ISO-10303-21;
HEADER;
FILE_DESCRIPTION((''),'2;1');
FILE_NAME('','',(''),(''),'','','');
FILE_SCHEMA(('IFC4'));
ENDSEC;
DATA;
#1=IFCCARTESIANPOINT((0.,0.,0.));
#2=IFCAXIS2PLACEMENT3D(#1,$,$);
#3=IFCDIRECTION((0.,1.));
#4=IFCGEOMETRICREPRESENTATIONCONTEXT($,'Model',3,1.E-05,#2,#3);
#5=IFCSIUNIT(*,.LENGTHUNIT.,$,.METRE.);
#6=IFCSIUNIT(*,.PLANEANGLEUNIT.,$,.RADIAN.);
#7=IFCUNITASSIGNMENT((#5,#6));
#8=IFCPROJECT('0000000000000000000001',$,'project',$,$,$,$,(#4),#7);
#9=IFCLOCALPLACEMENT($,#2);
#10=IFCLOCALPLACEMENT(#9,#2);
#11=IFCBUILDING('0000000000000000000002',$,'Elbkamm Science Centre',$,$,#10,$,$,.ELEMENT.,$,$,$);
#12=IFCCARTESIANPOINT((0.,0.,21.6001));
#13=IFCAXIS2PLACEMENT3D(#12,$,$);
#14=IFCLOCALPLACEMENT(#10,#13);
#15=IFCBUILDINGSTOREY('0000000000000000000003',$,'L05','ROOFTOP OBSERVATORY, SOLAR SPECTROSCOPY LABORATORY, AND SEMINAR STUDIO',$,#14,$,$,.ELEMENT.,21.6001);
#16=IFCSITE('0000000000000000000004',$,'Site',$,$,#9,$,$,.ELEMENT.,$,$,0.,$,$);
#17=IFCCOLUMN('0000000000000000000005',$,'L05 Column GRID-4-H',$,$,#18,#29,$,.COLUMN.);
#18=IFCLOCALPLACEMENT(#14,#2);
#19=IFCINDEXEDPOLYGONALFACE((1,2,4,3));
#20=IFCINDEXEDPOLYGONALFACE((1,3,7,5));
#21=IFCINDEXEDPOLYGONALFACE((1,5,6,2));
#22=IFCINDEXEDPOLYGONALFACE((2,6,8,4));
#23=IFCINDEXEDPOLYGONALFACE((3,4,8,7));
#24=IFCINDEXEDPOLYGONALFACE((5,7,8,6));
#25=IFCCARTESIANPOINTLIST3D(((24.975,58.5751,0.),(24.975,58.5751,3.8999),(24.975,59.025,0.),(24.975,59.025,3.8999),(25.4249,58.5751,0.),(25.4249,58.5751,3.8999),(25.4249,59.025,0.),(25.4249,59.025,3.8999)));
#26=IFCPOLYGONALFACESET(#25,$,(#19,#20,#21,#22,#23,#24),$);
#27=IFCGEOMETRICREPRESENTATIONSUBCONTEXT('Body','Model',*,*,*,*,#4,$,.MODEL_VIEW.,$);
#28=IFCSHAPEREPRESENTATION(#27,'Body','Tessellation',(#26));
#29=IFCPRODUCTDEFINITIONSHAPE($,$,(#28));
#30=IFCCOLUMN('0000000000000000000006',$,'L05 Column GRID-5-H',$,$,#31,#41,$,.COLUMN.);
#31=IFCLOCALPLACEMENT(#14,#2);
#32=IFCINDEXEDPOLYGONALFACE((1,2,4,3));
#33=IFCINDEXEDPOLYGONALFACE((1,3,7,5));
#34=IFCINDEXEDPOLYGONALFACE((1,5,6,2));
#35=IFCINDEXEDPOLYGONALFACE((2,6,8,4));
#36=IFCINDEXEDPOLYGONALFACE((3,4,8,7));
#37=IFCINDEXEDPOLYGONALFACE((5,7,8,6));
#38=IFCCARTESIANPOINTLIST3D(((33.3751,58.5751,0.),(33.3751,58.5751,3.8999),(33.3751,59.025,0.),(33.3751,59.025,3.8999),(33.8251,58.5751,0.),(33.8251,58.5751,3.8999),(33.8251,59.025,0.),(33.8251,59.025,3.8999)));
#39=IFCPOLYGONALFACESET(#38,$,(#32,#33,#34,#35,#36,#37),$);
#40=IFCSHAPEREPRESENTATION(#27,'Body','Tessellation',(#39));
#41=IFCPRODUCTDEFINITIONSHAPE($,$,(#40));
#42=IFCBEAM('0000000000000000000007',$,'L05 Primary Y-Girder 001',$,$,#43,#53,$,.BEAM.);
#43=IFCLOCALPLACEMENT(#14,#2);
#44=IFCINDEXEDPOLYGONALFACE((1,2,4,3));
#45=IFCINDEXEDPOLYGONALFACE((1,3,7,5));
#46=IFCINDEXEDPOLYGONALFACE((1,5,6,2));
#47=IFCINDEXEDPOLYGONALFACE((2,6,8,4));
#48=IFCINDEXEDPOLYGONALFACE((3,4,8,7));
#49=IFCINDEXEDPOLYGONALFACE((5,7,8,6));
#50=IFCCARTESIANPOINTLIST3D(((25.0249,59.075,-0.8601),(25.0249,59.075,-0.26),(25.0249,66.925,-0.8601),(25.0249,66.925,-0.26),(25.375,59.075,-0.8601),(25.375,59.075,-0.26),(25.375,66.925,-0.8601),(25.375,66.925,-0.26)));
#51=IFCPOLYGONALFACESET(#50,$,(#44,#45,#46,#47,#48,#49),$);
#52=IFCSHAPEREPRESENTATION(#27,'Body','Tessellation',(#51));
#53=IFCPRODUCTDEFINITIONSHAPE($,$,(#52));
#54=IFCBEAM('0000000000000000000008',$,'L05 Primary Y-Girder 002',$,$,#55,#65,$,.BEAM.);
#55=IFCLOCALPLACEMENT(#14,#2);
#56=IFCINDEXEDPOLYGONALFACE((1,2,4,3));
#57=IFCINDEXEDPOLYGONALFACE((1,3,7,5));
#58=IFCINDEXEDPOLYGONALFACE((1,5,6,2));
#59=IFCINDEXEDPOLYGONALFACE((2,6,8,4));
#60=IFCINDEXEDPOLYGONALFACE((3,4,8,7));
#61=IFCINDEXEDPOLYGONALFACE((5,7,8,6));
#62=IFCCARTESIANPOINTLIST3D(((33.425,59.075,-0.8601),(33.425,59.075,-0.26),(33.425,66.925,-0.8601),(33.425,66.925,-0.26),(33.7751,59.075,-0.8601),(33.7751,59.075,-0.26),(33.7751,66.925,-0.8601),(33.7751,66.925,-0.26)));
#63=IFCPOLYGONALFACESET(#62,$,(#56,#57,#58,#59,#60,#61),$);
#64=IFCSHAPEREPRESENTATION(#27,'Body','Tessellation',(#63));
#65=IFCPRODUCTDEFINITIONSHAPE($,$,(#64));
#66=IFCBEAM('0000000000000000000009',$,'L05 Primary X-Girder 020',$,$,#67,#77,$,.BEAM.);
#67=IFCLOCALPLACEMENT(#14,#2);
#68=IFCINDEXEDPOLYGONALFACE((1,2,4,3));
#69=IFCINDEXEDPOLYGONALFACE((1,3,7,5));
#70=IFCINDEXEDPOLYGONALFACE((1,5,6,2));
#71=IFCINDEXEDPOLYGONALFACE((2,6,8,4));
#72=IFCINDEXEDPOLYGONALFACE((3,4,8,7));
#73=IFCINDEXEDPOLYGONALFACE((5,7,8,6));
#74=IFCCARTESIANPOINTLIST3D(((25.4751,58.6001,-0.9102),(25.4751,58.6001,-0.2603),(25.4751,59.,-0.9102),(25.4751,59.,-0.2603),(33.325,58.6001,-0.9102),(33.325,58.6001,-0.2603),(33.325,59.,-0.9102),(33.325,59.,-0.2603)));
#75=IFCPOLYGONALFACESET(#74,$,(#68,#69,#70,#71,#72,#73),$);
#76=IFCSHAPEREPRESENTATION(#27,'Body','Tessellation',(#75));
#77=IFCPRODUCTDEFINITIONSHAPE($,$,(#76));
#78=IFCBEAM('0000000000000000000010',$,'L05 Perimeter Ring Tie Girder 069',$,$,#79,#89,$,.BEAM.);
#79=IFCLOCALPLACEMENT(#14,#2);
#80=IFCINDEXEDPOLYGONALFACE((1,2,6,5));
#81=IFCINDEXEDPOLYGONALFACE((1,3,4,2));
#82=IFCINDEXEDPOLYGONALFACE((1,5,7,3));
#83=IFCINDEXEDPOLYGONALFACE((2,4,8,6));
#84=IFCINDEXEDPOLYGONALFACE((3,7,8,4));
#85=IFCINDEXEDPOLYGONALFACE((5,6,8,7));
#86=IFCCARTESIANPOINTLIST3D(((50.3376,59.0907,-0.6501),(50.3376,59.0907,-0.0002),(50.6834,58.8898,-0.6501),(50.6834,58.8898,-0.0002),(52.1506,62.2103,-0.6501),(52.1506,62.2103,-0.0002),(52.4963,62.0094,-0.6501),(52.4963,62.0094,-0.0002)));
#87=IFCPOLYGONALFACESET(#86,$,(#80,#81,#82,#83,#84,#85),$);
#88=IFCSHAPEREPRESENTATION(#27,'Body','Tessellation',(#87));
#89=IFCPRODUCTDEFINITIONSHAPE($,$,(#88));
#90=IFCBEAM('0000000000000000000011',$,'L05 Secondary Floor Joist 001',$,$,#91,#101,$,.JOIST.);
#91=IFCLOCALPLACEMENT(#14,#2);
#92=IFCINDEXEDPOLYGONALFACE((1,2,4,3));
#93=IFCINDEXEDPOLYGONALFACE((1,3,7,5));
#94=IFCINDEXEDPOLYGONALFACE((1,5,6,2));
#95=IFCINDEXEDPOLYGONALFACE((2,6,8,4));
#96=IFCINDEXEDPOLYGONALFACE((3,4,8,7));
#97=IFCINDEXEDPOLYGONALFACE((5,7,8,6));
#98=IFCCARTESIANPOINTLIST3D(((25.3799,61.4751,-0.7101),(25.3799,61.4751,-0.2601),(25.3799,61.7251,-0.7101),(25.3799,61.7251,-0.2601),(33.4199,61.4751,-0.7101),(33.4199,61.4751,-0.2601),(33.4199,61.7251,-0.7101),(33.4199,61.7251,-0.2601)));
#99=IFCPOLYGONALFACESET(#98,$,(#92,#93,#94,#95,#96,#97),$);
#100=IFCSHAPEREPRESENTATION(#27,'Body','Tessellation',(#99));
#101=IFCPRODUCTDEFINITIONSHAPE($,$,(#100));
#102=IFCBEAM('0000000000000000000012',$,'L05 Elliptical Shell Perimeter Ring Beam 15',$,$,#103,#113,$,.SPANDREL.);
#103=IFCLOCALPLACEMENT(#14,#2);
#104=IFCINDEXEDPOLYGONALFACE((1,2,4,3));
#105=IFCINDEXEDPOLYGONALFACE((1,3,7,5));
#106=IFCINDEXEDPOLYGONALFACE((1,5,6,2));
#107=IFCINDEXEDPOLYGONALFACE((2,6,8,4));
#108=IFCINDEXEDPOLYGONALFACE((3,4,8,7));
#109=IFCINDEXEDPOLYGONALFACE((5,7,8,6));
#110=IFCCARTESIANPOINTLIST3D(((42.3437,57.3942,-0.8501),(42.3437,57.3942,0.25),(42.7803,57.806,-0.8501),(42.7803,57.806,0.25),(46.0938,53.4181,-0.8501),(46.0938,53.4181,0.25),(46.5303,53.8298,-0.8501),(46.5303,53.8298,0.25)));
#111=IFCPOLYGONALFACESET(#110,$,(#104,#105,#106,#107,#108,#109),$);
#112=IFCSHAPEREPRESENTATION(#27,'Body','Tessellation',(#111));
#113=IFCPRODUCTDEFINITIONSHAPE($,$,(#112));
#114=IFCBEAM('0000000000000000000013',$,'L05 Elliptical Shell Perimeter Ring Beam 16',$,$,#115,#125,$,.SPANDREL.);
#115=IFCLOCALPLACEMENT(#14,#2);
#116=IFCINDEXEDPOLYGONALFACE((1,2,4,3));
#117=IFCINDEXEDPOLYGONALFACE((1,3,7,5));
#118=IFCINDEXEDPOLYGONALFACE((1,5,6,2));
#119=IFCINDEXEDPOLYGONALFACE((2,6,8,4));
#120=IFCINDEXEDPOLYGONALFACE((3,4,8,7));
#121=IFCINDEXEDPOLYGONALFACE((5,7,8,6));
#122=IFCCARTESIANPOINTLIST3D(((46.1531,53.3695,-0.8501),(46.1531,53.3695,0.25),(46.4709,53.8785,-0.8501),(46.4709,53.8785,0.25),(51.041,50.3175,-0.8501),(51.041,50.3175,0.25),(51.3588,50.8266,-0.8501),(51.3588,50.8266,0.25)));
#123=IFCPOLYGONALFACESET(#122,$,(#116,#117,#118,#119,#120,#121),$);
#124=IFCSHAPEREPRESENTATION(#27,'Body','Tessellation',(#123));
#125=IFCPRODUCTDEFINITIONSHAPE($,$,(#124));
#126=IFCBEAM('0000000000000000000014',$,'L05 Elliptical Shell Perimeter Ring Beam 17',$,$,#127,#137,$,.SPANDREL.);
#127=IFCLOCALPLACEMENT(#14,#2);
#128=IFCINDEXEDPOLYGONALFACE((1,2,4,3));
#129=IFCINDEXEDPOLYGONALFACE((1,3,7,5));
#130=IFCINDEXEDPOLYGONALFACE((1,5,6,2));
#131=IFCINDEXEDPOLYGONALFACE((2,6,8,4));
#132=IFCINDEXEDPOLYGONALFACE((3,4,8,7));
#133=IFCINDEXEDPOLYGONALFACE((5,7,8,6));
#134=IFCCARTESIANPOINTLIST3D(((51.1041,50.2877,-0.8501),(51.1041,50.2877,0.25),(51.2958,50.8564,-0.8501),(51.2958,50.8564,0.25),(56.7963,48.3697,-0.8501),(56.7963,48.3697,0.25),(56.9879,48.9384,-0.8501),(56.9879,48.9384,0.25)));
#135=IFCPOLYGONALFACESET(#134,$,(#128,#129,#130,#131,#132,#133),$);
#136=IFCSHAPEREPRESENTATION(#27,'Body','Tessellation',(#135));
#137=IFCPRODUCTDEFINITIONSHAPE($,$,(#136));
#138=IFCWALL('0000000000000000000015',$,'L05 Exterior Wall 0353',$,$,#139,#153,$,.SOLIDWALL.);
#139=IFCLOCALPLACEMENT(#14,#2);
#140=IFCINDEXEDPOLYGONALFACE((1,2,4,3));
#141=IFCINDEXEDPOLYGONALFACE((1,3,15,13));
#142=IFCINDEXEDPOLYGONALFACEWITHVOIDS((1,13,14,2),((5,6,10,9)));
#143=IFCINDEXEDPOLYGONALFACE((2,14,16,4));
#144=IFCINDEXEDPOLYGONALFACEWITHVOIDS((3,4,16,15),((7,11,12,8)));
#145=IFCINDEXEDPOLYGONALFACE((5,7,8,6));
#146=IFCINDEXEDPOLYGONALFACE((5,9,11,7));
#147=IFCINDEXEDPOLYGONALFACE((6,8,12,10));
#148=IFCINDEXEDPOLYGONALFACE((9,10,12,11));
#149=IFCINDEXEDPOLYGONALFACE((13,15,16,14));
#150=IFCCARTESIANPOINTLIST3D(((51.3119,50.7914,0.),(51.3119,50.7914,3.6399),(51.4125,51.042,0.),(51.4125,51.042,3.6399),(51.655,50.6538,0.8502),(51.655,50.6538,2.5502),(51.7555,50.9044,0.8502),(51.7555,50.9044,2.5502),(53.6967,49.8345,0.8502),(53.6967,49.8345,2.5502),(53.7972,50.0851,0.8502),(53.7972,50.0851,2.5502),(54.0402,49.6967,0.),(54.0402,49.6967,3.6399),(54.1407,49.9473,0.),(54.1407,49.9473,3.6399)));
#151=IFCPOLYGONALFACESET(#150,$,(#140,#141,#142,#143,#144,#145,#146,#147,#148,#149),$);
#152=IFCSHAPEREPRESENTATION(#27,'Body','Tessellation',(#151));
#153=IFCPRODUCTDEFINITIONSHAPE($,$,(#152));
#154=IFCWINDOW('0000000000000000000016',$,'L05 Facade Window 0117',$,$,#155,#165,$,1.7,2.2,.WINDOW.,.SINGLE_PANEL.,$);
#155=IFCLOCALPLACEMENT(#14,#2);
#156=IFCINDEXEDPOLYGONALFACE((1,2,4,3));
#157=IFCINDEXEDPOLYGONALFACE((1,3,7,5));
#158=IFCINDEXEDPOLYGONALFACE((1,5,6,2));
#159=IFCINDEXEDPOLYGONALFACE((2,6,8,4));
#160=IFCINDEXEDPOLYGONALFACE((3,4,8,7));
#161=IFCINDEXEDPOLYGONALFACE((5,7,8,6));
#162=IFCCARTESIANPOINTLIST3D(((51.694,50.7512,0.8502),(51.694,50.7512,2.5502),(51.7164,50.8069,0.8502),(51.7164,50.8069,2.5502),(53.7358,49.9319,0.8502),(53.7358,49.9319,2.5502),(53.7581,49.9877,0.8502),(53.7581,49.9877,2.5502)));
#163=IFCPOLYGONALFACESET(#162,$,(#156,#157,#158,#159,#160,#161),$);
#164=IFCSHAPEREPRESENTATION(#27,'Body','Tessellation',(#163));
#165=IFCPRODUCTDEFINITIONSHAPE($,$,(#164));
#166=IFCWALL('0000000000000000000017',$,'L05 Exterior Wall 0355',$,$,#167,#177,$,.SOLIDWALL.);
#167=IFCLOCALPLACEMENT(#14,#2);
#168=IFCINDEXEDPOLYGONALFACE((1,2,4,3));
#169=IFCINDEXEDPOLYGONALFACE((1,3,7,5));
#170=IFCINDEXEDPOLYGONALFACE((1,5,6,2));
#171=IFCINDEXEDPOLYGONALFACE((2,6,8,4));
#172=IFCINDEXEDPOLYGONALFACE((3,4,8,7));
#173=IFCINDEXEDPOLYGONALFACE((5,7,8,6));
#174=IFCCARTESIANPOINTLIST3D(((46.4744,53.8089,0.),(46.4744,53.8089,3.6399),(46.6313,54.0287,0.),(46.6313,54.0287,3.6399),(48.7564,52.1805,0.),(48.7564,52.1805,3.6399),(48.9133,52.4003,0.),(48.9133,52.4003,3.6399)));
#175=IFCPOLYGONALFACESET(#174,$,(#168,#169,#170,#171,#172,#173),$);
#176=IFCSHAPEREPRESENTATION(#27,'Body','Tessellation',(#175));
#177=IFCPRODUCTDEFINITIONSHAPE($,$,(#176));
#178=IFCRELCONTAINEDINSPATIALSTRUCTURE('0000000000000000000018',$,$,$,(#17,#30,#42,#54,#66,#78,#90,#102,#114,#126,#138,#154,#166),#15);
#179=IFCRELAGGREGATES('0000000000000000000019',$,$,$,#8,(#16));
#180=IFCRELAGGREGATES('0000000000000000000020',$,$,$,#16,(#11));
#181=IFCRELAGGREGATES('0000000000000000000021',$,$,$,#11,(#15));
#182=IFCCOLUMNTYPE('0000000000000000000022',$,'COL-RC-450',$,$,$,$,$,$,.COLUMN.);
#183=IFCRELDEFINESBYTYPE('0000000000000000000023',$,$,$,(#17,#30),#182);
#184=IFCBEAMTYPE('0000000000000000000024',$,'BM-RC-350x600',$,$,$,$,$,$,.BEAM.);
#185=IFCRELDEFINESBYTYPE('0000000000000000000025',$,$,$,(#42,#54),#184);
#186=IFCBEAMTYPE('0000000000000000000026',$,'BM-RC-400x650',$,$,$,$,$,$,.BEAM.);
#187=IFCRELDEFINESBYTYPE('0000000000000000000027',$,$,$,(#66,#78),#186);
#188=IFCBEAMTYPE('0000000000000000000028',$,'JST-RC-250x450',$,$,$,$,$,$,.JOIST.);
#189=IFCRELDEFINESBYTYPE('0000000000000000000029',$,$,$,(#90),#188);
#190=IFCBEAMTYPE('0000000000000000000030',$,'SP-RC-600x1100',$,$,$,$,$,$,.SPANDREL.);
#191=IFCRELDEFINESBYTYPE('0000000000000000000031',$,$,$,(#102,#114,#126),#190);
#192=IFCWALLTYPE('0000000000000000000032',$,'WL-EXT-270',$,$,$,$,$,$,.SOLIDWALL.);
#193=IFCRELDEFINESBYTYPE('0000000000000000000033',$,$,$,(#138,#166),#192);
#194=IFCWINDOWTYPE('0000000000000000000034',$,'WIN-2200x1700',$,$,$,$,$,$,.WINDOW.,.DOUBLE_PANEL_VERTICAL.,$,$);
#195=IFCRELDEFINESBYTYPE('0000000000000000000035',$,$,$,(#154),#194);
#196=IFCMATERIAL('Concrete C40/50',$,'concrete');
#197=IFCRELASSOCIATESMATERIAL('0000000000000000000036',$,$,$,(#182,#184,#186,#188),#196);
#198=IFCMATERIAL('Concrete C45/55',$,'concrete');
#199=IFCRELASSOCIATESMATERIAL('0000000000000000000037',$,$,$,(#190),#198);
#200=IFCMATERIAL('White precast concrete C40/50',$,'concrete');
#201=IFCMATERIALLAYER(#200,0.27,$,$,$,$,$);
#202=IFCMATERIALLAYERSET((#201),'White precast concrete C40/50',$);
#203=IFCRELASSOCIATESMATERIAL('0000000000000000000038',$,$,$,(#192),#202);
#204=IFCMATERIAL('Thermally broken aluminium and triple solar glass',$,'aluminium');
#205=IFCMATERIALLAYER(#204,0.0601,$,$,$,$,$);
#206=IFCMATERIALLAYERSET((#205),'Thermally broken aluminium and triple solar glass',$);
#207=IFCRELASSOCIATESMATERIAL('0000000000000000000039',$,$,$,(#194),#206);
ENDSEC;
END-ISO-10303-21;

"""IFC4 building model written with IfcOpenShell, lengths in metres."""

from ifc_helpers import new_model, si_unit, direction, frame, frame_2d, origin, origin_2d, place, context, subcontext, project, spatial, rectangle, extrude, material, layer, layer_set, material_profile, profile_set, type_object, element, fill, save


model = new_model("IFC4")

# Units and contexts
model_context = context("Model", 3, precision=1e-05, world=origin(), true_north=direction((0.0, 1.0)))
body_context = subcontext(model_context, "Body", "Model", "MODEL_VIEW")
ifc_project = project(units=[si_unit("LENGTHUNIT", "METRE"), si_unit("PLANEANGLEUNIT", "RADIAN")], contexts=[model_context])

# Site, building, storey
site_placement = place(None, origin())
site = spatial("IfcSite", under=ifc_project, at=site_placement, Name="Site", CompositionType="ELEMENT", RefElevation=0.0)
building_placement = place(site_placement, origin())
building = spatial("IfcBuilding", under=site, at=building_placement, Name="Elbkamm Science Centre", CompositionType="ELEMENT")
storey_placement = place(building_placement, frame((0.0, 0.0, 21.6001)))
storey = spatial("IfcBuildingStorey", under=building, at=storey_placement, Name="L05", Description="ROOFTOP OBSERVATORY, SOLAR SPECTROSCOPY LABORATORY, AND SEMINAR STUDIO", CompositionType="ELEMENT", Elevation=21.6001)

# Columns
ifc_material_1 = material(Name="Concrete C40/50", Category="concrete")
ifc_material_profile_1 = material_profile(ifc_material_1, rectangle(XDim=0.45, YDim=0.45, at=origin_2d()), Name="RC 450x450")
ifc_profile_set_1 = profile_set([ifc_material_profile_1], Name="Concrete C40/50")
column_type = type_object("IfcColumnType", Name="COL-RC-450", PredefinedType="COLUMN", material=ifc_profile_set_1)
for number, where, z_axis, x_axis, name in (
    (1, (25.2, 58.8, 0.0), (0.0, 0.0, 1.0), (1.0, 0.0, 0.0), "L05 Column GRID-4-H"),
    (2, (33.6001, 58.8, 0.0), (0.0, 0.0, 1.0), (1.0, 0.0, 0.0), "L05 Column GRID-5-H"),
):
    element("IfcColumn", number, at=place(storey_placement, frame(where, z_axis=z_axis, x_axis=x_axis)), inside=storey, type_object=column_type, Name=name, PredefinedType="COLUMN", context=body_context, shape_type="SweptSolid", body=[
        extrude(rectangle(XDim=0.45, YDim=0.45, at=origin_2d()), origin(), (0.0, 0.0, 1.0), 3.8999),
    ])

# Beams
ifc_material_profile_2 = material_profile(ifc_material_1, rectangle(XDim=0.3501, YDim=0.6001, at=origin_2d()), Name="RC 350x600")
ifc_profile_set_2 = profile_set([ifc_material_profile_2], Name="Concrete C40/50")
beam_type_1 = type_object("IfcBeamType", Name="BM-RC-350x600", PredefinedType="BEAM", material=ifc_profile_set_2)
for number, where, z_axis, x_axis, name in (
    (3, (25.2, 59.075, -0.5601), (0.0, 1.0, 0.0), (-1.0, 0.0, 0.0), "L05 Primary Y-Girder 001"),
    (4, (33.6001, 59.075, -0.5601), (0.0, 1.0, 0.0), (-1.0, 0.0, 0.0), "L05 Primary Y-Girder 002"),
):
    element("IfcBeam", number, at=place(storey_placement, frame(where, z_axis=z_axis, x_axis=x_axis)), inside=storey, type_object=beam_type_1, Name=name, PredefinedType="BEAM", context=body_context, shape_type="SweptSolid", body=[
        extrude(rectangle(XDim=0.3501, YDim=0.6001, at=origin_2d()), origin(), (0.0, 0.0, 1.0), 7.8501),
    ])
ifc_material_profile_3 = material_profile(ifc_material_1, rectangle(XDim=0.3999, YDim=0.6499, at=origin_2d()), Name="RC 400x650")
ifc_profile_set_3 = profile_set([ifc_material_profile_3], Name="Concrete C40/50")
beam_type_2 = type_object("IfcBeamType", Name="BM-RC-400x650", PredefinedType="BEAM", material=ifc_profile_set_3)
beam_1_placement = place(storey_placement, frame((25.4751, 58.8, -0.5852), z_axis=(1.0, 0.0, 0.0), x_axis=(0.0, 1.0, 0.0)))
element("IfcBeam", 5, at=beam_1_placement, inside=storey, type_object=beam_type_2, Name="L05 Primary X-Girder 020", PredefinedType="BEAM", context=body_context, shape_type="SweptSolid", body=[
    extrude(rectangle(XDim=0.3999, YDim=0.6499, at=origin_2d()), origin(), (0.0, 0.0, 1.0), 7.8499),
])
beam_2_placement = place(storey_placement, frame((50.5105, 58.9902, -0.3252), z_axis=(0.502465, 0.864597, 0.0), x_axis=(-0.864597, 0.502465, 0.0)))
element("IfcBeam", 6, at=beam_2_placement, inside=storey, type_object=beam_type_2, Name="L05 Perimeter Ring Tie Girder 069", PredefinedType="BEAM", context=body_context, shape_type="SweptSolid", body=[
    extrude(rectangle(XDim=0.3999, YDim=0.6499, at=origin_2d()), origin(), (0.0, 0.0, 1.0), 3.6082),
])
ifc_material_profile_4 = material_profile(ifc_material_1, rectangle(XDim=0.25, YDim=0.45, at=origin_2d()), Name="RC 250x450")
ifc_profile_set_4 = profile_set([ifc_material_profile_4], Name="Concrete C40/50")
beam_type_3 = type_object("IfcBeamType", Name="JST-RC-250x450", PredefinedType="JOIST", material=ifc_profile_set_4)
beam_3_placement = place(storey_placement, frame((25.3799, 61.6001, -0.4851), z_axis=(1.0, 0.0, 0.0), x_axis=(0.0, 1.0, 0.0)))
element("IfcBeam", 7, at=beam_3_placement, inside=storey, type_object=beam_type_3, Name="L05 Secondary Floor Joist 001", PredefinedType="JOIST", context=body_context, shape_type="SweptSolid", body=[
    extrude(rectangle(XDim=0.25, YDim=0.45, at=origin_2d()), origin(), (0.0, 0.0, 1.0), 8.04),
])
ifc_material_2 = material(Name="Concrete C45/55", Category="concrete")
ifc_material_profile_5 = material_profile(ifc_material_2, rectangle(XDim=0.6001, YDim=1.1001, at=origin_2d()), Name="RC 600x1100")
ifc_profile_set_5 = profile_set([ifc_material_profile_5], Name="Concrete C45/55")
beam_type_4 = type_object("IfcBeamType", Name="SP-RC-600x1100", PredefinedType="SPANDREL", material=ifc_profile_set_5)
beam_4_placement = place(storey_placement, frame((42.562, 57.6001, -0.3), z_axis=(0.686122, -0.727486, 0.0), x_axis=(0.727486, 0.686122, 0.0)))
element("IfcBeam", 8, at=beam_4_placement, inside=storey, type_object=beam_type_4, Name="L05 Elliptical Shell Perimeter Ring Beam 15", PredefinedType="SPANDREL", context=body_context, shape_type="SweptSolid", body=[
    extrude(rectangle(XDim=0.6001, YDim=1.1001, at=origin_2d()), origin(), (0.0, 0.0, 1.0), 5.4656),
])
beam_5_placement = place(storey_placement, frame((46.312, 53.624, -0.3), z_axis=(0.848229, -0.529629, 0.0), x_axis=(0.529629, 0.848229, 0.0)))
element("IfcBeam", 9, at=beam_5_placement, inside=storey, type_object=beam_type_4, Name="L05 Elliptical Shell Perimeter Ring Beam 16", PredefinedType="SPANDREL", context=body_context, shape_type="SweptSolid", body=[
    extrude(rectangle(XDim=0.6001, YDim=1.1001, at=origin_2d()), origin(), (0.0, 0.0, 1.0), 5.7625),
])
beam_6_placement = place(storey_placement, frame((51.2, 50.572, -0.3), z_axis=(0.94765, -0.319311, 0.0), x_axis=(0.319311, 0.94765, 0.0)))
element("IfcBeam", 10, at=beam_6_placement, inside=storey, type_object=beam_type_4, Name="L05 Elliptical Shell Perimeter Ring Beam 17", PredefinedType="SPANDREL", context=body_context, shape_type="SweptSolid", body=[
    extrude(rectangle(XDim=0.6001, YDim=1.1001, at=origin_2d()), origin(), (0.0, 0.0, 1.0), 6.0066),
])

# Wall, opening, window
ifc_material_3 = material(Name="White precast concrete C40/50", Category="concrete")
ifc_layer_1 = layer(ifc_material_3, 0.27)
ifc_layer_set_1 = layer_set([ifc_layer_1], Name="White precast concrete C40/50")
wall_type_1 = type_object("IfcWallType", Name="WL-EXT-270", PredefinedType="SOLIDWALL", material=ifc_layer_set_1)
wall_1_placement = place(storey_placement, frame((54.0903, 49.822, 0.0), z_axis=(0.0, 0.0, 1.0), x_axis=(-0.928075, 0.372393, 0.0)))
wall_1 = element("IfcWall", 11, at=wall_1_placement, inside=storey, type_object=wall_type_1, Name="L05 Exterior Wall 0353", PredefinedType="SOLIDWALL", context=body_context, shape_type="SweptSolid", body=[
    extrude(rectangle(XDim=2.9397, YDim=0.27, at=frame_2d((1.4697, 0.0))), origin(), (0.0, 0.0, 1.0), 3.6399),
])
opening_1_placement = place(wall_1_placement, frame((0.3699, 0.0, 0.8501)))
opening_1 = element("IfcOpeningElement", 12, at=opening_1_placement, cuts=wall_1, PredefinedType="OPENING", context=body_context, shape_type="SweptSolid", body=[
    extrude(rectangle(XDim=2.2, YDim=1.7, at=frame_2d((1.1001, 0.8501))), frame((0.0, 0.147, 0.0), z_axis=(0.0, -1.0, 0.0), x_axis=(1.0, 0.0, 0.0)), (0.0, 0.0, 1.0), 0.2939),
])
ifc_material_4 = material(Name="Thermally broken aluminium and triple solar glass", Category="aluminium")
ifc_layer_2 = layer(ifc_material_4, 0.0601)
ifc_layer_set_2 = layer_set([ifc_layer_2], Name="Thermally broken aluminium and triple solar glass")
window_type_1 = type_object("IfcWindowType", Name="WIN-2200x1700", PartitioningType="DOUBLE_PANEL_VERTICAL", PredefinedType="WINDOW", material=ifc_layer_set_2)
window_1_placement = place(opening_1_placement, origin())
window_1 = element("IfcWindow", 13, at=window_1_placement, inside=storey, type_object=window_type_1, Name="L05 Facade Window 0117", OverallHeight=1.7, OverallWidth=2.2, PartitioningType="SINGLE_PANEL", PredefinedType="WINDOW", context=body_context, shape_type="SweptSolid", body=[
    extrude(rectangle(XDim=2.2, YDim=1.7, at=frame_2d((1.1001, 0.8501))), frame((0.0, 0.03, 0.0), z_axis=(0.0, -1.0, 0.0), x_axis=(1.0, 0.0, 0.0)), (0.0, 0.0, 1.0), 0.0601),
])
fill(opening_1, window_1)

# Wall
wall_2_placement = place(storey_placement, frame((48.835, 52.2903, 0.0), z_axis=(0.0, 0.0, 1.0), x_axis=(-0.813998, 0.580867, 0.0)))
element("IfcWall", 14, at=wall_2_placement, inside=storey, type_object=wall_type_1, Name="L05 Exterior Wall 0355", PredefinedType="SOLIDWALL", context=body_context, shape_type="SweptSolid", body=[
    extrude(rectangle(XDim=2.8035, YDim=0.27, at=frame_2d((1.4019, 0.0))), origin(), (0.0, 0.0, 1.0), 3.6399),
])

save(model, "model.ifc")
